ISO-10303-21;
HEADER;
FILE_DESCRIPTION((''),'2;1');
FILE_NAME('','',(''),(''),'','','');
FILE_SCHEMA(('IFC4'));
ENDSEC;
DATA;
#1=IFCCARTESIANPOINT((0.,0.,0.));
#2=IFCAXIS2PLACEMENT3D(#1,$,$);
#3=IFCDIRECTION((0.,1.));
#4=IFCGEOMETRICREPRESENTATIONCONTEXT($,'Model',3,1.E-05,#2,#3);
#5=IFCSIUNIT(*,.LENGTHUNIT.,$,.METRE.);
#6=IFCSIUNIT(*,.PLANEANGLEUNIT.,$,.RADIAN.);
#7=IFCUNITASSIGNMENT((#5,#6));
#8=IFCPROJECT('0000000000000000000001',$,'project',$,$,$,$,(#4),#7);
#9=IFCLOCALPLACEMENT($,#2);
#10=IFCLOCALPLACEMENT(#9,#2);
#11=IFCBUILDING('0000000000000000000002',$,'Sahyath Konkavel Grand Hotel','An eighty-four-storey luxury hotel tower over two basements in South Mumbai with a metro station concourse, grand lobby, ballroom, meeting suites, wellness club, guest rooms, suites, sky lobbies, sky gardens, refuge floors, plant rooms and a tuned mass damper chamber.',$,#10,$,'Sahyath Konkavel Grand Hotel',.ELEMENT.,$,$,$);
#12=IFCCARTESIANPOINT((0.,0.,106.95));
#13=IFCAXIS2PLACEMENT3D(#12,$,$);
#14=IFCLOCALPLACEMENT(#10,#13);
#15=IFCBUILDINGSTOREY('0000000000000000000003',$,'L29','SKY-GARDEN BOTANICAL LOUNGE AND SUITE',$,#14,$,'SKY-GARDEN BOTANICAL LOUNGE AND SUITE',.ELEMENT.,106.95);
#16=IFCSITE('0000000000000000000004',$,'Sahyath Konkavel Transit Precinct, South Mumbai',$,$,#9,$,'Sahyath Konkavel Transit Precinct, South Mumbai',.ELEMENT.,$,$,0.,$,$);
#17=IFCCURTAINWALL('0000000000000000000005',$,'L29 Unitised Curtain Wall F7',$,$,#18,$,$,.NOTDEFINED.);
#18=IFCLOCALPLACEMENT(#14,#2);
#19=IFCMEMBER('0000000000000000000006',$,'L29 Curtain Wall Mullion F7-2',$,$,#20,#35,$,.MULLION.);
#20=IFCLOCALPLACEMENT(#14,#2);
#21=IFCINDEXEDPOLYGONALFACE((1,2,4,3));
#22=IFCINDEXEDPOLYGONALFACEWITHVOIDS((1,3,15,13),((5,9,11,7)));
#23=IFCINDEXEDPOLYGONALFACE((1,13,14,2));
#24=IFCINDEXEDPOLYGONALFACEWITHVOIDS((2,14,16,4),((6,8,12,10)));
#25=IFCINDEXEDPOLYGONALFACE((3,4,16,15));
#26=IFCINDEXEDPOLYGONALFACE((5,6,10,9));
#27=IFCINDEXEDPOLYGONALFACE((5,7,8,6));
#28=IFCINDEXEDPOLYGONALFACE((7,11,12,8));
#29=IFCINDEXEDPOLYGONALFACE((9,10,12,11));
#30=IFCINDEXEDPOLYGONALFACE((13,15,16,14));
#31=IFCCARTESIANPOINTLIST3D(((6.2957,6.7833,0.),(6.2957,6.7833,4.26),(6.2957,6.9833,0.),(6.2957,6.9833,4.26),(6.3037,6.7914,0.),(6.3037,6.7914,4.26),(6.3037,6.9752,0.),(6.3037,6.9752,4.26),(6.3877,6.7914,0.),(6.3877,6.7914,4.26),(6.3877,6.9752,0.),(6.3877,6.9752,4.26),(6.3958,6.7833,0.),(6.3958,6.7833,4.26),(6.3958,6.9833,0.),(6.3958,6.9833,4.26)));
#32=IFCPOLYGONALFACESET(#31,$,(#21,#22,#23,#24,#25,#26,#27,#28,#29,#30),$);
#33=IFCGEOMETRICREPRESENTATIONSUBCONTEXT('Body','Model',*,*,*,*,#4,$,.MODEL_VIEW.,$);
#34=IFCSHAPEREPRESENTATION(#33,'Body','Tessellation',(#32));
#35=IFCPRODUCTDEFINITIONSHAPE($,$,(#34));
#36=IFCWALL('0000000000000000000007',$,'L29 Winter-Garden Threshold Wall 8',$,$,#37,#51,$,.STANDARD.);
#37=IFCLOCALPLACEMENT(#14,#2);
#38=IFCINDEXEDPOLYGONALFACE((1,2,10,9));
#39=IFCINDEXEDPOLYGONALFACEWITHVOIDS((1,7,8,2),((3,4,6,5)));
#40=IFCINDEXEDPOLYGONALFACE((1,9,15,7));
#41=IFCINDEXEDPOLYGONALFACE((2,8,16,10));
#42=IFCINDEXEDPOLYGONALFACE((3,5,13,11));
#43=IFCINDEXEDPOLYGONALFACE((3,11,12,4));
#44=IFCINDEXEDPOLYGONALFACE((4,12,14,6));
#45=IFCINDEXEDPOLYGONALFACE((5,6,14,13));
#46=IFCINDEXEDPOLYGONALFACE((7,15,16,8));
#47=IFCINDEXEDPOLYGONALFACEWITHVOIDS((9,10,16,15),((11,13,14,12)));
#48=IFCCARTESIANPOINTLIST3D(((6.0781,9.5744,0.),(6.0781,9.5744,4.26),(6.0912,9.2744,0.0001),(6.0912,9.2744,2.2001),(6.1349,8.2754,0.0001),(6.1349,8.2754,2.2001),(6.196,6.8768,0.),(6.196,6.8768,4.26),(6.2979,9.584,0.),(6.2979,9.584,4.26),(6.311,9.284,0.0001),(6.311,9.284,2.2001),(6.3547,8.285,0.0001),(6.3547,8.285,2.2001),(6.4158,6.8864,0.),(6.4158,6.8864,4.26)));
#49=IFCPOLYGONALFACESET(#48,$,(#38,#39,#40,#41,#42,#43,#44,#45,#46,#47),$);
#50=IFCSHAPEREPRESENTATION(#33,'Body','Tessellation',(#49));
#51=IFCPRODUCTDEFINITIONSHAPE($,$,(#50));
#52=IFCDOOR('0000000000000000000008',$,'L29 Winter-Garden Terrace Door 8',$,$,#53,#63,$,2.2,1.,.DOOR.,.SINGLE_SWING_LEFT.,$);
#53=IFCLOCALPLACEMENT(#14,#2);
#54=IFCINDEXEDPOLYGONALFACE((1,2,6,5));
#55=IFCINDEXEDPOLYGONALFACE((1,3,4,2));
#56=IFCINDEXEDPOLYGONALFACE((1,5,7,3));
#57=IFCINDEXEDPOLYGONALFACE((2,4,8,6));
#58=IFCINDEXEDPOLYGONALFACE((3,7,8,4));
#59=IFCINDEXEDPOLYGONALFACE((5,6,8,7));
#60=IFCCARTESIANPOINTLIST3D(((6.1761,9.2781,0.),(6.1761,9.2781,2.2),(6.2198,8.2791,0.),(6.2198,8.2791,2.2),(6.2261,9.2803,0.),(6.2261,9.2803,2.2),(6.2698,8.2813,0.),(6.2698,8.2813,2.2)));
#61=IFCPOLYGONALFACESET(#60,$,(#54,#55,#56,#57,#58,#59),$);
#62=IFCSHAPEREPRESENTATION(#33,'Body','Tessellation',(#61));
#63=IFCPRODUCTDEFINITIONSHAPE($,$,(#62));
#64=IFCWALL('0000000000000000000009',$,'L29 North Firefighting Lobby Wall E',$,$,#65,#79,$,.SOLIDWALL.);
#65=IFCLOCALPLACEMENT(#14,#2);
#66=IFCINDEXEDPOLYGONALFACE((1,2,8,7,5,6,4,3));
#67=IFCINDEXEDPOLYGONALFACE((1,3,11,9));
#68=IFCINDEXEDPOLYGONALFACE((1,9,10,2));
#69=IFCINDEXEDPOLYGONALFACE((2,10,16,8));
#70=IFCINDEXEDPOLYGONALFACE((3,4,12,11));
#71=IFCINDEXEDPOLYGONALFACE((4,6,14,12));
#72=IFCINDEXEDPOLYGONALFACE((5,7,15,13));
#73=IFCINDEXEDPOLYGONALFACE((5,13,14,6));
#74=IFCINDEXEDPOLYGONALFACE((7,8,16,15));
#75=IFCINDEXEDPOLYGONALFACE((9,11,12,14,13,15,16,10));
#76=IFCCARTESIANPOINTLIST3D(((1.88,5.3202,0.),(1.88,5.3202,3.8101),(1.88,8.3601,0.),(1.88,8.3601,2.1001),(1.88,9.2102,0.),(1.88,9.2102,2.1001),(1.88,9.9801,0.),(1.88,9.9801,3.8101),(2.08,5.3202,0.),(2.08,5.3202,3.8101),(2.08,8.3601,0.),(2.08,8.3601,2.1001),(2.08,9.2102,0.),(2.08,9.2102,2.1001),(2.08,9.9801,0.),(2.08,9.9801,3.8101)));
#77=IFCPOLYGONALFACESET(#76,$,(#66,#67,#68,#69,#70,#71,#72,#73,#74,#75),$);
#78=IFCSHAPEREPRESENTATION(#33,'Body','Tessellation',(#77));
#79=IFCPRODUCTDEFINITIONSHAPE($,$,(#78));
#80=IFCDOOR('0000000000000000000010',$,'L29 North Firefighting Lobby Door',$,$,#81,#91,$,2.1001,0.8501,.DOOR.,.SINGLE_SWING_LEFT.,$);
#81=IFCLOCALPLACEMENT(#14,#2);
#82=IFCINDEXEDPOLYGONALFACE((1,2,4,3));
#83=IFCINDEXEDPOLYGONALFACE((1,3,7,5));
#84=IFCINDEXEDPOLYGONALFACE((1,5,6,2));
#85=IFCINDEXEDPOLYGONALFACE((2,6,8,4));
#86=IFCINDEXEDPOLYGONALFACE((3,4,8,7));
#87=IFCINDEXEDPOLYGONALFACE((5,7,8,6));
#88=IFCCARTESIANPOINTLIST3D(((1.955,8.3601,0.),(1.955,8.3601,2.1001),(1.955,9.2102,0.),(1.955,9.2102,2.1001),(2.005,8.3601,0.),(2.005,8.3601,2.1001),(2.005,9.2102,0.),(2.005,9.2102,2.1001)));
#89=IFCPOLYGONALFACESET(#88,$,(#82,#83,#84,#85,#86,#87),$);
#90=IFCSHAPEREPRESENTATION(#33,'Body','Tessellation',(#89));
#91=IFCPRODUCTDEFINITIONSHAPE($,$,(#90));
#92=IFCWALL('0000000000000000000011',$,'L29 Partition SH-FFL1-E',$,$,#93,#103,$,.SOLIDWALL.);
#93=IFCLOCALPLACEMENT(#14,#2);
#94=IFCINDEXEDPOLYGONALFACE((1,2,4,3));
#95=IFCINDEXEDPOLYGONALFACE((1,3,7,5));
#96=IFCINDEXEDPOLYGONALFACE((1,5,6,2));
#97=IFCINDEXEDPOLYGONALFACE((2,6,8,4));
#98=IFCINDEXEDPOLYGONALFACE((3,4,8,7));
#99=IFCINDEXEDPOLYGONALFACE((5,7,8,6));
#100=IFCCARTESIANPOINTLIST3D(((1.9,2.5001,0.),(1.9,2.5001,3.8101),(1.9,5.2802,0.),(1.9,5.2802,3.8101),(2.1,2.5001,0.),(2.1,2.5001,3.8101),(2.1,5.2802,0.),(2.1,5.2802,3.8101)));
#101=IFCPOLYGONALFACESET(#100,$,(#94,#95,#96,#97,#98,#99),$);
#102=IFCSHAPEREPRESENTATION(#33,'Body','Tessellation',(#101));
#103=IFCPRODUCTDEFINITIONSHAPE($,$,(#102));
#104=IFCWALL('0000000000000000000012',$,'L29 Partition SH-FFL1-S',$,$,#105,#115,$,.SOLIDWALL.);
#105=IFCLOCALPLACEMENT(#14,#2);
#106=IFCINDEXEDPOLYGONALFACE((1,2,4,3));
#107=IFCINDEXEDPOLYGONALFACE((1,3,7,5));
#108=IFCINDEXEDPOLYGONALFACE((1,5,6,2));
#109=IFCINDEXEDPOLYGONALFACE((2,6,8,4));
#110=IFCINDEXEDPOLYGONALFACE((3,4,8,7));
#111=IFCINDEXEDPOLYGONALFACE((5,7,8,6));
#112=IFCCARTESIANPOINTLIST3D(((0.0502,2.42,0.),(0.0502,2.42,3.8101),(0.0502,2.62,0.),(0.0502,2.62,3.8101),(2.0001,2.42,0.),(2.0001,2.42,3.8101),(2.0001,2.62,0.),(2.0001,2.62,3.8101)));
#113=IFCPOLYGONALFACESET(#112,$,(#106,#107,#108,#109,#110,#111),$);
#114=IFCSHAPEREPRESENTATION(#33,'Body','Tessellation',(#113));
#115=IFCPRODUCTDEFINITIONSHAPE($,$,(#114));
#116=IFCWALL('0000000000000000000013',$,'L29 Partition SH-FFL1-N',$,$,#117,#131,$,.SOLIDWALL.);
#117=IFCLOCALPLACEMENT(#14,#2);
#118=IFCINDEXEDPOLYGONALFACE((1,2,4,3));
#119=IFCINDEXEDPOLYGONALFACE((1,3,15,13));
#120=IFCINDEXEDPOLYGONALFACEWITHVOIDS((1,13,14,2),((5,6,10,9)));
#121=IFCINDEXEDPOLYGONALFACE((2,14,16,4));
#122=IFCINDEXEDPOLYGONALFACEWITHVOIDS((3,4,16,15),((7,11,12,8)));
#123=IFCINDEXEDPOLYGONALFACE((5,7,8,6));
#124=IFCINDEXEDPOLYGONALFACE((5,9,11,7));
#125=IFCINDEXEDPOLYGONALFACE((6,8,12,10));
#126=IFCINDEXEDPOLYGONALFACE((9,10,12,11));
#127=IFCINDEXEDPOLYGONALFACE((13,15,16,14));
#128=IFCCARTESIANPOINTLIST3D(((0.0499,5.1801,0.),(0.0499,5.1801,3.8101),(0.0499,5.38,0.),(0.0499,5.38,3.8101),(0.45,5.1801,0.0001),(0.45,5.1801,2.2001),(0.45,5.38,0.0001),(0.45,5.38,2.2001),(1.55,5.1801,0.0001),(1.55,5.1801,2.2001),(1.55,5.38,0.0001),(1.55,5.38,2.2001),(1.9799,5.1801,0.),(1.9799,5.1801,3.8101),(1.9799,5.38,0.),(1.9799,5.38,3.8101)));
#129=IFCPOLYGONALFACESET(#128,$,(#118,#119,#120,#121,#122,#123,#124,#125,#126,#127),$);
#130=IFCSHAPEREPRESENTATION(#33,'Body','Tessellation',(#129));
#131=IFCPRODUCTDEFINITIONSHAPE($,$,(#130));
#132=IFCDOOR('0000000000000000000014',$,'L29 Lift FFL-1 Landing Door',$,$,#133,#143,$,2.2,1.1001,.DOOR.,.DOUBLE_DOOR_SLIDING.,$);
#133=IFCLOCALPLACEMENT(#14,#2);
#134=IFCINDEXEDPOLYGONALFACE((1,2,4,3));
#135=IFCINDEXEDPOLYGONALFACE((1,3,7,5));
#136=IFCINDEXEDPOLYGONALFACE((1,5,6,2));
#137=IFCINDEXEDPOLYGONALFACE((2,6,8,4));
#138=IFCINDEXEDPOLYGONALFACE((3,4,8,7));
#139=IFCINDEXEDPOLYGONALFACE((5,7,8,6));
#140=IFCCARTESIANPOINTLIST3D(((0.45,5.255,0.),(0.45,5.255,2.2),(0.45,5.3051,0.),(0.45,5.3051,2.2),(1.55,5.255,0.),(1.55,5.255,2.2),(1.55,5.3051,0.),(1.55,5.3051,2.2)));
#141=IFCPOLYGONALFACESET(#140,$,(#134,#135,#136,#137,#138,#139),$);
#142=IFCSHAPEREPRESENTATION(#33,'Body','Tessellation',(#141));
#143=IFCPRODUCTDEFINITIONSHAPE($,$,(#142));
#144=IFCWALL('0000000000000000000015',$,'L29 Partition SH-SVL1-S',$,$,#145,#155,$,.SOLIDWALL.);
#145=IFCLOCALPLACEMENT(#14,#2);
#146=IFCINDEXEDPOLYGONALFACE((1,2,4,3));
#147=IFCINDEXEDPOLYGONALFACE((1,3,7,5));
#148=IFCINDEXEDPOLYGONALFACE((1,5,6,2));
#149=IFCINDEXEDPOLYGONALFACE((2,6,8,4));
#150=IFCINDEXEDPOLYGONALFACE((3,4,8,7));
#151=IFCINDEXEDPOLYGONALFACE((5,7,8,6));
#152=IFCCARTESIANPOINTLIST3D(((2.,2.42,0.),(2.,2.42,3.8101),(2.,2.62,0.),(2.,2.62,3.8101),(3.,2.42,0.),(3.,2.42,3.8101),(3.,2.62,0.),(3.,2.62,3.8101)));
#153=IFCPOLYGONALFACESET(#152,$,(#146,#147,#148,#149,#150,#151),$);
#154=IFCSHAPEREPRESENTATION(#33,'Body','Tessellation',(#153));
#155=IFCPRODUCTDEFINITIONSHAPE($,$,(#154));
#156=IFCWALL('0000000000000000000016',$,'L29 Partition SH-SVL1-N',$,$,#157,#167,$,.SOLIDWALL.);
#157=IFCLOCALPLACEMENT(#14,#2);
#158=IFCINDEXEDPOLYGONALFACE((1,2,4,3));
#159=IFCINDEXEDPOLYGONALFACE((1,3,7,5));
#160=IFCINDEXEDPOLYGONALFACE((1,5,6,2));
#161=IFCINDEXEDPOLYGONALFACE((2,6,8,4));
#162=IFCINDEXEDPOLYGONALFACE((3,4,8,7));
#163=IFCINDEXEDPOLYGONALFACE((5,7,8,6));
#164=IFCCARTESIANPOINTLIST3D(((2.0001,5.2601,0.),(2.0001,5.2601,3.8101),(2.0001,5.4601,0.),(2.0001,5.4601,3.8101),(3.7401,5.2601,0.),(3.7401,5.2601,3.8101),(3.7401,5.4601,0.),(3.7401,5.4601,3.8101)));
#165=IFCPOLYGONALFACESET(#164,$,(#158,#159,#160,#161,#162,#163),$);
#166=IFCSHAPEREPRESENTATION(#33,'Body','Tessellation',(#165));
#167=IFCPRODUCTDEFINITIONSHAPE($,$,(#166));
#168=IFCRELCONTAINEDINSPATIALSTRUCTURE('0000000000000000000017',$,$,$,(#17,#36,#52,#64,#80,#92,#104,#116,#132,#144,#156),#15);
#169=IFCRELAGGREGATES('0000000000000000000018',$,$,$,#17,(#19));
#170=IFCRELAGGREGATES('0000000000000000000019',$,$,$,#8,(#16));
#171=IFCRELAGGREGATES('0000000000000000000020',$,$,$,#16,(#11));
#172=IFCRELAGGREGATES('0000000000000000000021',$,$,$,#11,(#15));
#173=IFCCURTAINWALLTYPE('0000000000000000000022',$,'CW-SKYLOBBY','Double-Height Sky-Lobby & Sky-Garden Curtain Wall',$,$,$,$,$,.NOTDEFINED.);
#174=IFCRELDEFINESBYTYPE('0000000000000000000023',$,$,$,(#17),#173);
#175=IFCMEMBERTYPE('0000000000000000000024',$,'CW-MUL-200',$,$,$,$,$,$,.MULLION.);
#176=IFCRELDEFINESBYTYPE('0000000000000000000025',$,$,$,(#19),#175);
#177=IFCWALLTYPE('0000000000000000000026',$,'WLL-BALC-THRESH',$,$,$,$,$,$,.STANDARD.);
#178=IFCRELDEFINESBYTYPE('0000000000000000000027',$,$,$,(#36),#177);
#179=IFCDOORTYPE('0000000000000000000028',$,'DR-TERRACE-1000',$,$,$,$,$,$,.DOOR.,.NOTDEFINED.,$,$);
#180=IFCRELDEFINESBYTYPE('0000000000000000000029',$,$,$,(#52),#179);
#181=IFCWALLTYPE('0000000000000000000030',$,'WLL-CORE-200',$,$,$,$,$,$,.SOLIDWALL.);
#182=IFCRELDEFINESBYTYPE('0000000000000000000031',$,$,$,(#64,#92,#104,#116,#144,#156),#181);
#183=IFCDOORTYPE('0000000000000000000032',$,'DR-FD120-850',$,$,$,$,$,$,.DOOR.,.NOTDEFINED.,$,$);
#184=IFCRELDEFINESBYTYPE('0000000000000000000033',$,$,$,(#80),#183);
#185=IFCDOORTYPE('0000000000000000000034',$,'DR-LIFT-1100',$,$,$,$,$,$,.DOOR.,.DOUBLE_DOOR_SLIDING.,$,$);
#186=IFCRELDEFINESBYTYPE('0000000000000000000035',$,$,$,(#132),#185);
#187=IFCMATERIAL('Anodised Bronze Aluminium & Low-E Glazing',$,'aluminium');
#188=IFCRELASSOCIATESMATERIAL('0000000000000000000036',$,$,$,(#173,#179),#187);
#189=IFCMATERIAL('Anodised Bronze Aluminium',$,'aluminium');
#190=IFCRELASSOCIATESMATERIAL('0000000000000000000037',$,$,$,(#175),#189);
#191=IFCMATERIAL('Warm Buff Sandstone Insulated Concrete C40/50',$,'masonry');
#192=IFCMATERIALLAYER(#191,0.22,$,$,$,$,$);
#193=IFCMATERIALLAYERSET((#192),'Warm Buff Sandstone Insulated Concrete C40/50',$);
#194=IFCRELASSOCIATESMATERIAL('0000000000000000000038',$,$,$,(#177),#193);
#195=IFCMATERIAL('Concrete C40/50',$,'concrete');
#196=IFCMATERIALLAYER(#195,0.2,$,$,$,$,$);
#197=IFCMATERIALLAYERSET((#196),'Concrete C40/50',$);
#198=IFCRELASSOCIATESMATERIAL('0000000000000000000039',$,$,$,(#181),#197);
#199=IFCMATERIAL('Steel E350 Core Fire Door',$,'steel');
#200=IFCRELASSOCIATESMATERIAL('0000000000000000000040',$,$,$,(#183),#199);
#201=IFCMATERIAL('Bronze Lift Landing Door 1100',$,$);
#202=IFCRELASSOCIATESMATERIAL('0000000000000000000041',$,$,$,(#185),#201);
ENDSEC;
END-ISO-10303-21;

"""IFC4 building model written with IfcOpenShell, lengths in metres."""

from ifc_helpers import new_model, si_unit, direction, frame, frame_2d, origin, origin_2d, place, context, subcontext, project, spatial, rectangle, hollow_rectangle, extrude, source, transform, mapped, material, layer, layer_set, material_profile, profile_set, type_object, element, fill, aggregate, save


model = new_model("IFC4")

# Units and contexts
model_context = context("Model", 3, precision=1e-05, world=origin(), true_north=direction((0.0, 1.0)))
body_context = subcontext(model_context, "Body", "Model", "MODEL_VIEW")
ifc_project = project(units=[si_unit("LENGTHUNIT", "METRE"), si_unit("PLANEANGLEUNIT", "RADIAN")], contexts=[model_context])

# Site, building, storey
site_placement = place(None, origin())
site = spatial("IfcSite", under=ifc_project, at=site_placement, Name="Sahyath Konkavel Transit Precinct, South Mumbai", LongName="Sahyath Konkavel Transit Precinct, South Mumbai", CompositionType="ELEMENT", RefElevation=0.0)
building_placement = place(site_placement, origin())
building = spatial("IfcBuilding", under=site, at=building_placement, Name="Sahyath Konkavel Grand Hotel", Description="An eighty-four-storey luxury hotel tower over two basements in South Mumbai with a metro station concourse, grand lobby, ballroom, meeting suites, wellness club, guest rooms, suites, sky lobbies, sky gardens, refuge floors, plant rooms and a tuned mass damper chamber.", LongName="Sahyath Konkavel Grand Hotel", CompositionType="ELEMENT")
storey_placement = place(building_placement, frame((0.0, 0.0, 106.95)))
storey = spatial("IfcBuildingStorey", under=building, at=storey_placement, Name="L29", Description="SKY-GARDEN BOTANICAL LOUNGE AND SUITE", LongName="SKY-GARDEN BOTANICAL LOUNGE AND SUITE", CompositionType="ELEMENT", Elevation=106.95)

# Curtain wall, member
ifc_material_1 = material(Name="Anodised Bronze Aluminium & Low-E Glazing", Category="aluminium")
curtain_wall_type = type_object("IfcCurtainWallType", Name="CW-SKYLOBBY", Description="Double-Height Sky-Lobby & Sky-Garden Curtain Wall", PredefinedType="NOTDEFINED", material=ifc_material_1)
curtain_wall_placement = place(storey_placement, origin())
curtain_wall = element("IfcCurtainWall", 1, at=curtain_wall_placement, inside=storey, type_object=curtain_wall_type, Name="L29 Unitised Curtain Wall F7", PredefinedType="NOTDEFINED")
ifc_material_2 = material(Name="Anodised Bronze Aluminium", Category="aluminium")
ifc_material_profile = material_profile(ifc_material_2, hollow_rectangle(XDim=0.1001, YDim=0.2, WallThickness=0.0081, at=origin_2d()), Name="RHS 200x100x8")
ifc_profile_set = profile_set([ifc_material_profile], Name="Anodised Bronze Aluminium")
member_type = type_object("IfcMemberType", Name="CW-MUL-200", PredefinedType="MULLION", material=ifc_profile_set)
shared_shape_1 = source(origin(), body_context, "Body", "SweptSolid", [
    extrude(hollow_rectangle(XDim=0.1001, YDim=0.2, WallThickness=0.0081, at=origin_2d()), origin(), (0.0, 0.0, 1.0), 4.26),
])
member_placement = place(storey_placement, frame((6.3457, 6.8833, 0.0), z_axis=(0.0, 0.0, 1.0), x_axis=(1.0, 0.0, 0.0)))
member = element("IfcMember", 2, at=member_placement, type_object=member_type, Name="L29 Curtain Wall Mullion F7-2", PredefinedType="MULLION", context=body_context, shape_type="MappedRepresentation", body=[
    mapped(shared_shape_1, transform((0.0, 0.0, 0.0), scale=1.0)),
])
aggregate(curtain_wall, [member])

# Walls, openings, doors
ifc_material_3 = material(Name="Warm Buff Sandstone Insulated Concrete C40/50", Category="masonry")
ifc_layer_1 = layer(ifc_material_3, 0.22)
ifc_layer_set_1 = layer_set([ifc_layer_1], Name="Warm Buff Sandstone Insulated Concrete C40/50")
wall_type_1 = type_object("IfcWallType", Name="WLL-BALC-THRESH", PredefinedType="STANDARD", material=ifc_layer_set_1)
wall_1_placement = place(storey_placement, frame((6.3059, 6.8816, 0.0), z_axis=(0.0, 0.0, 1.0), x_axis=(-0.043673, 0.999046, 0.0)))
wall_1 = element("IfcWall", 3, at=wall_1_placement, inside=storey, type_object=wall_type_1, Name="L29 Winter-Garden Threshold Wall 8", PredefinedType="STANDARD", context=body_context, shape_type="SweptSolid", body=[
    extrude(rectangle(XDim=2.7002, YDim=0.22, at=frame_2d((1.3501, 0.0))), origin(), (0.0, 0.0, 1.0), 4.26),
])
opening_1_placement = place(wall_1_placement, frame((1.3999, 0.0, 0.0)))
opening_1 = element("IfcOpeningElement", 4, at=opening_1_placement, cuts=wall_1, PredefinedType="OPENING", context=body_context, shape_type="SweptSolid", body=[
    extrude(rectangle(XDim=1.0, YDim=2.2, at=frame_2d((0.5, 1.1001))), frame((0.0, 0.1201, 0.0), z_axis=(0.0, -1.0, 0.0), x_axis=(1.0, 0.0, 0.0)), (0.0, 0.0, 1.0), 0.24),
])
door_type_1 = type_object("IfcDoorType", Name="DR-TERRACE-1000", OperationType="NOTDEFINED", PredefinedType="DOOR", material=ifc_material_1)
shared_shape_2 = source(origin(), body_context, "Body", "SweptSolid", [
    extrude(rectangle(XDim=1.0, YDim=0.05, at=origin_2d()), origin(), (0.0, 0.0, 1.0), 2.2),
])
door_1_placement = place(opening_1_placement, frame((0.5, 0.0, 0.0)))
door_1 = element("IfcDoor", 5, at=door_1_placement, inside=storey, type_object=door_type_1, Name="L29 Winter-Garden Terrace Door 8", OperationType="SINGLE_SWING_LEFT", OverallHeight=2.2, OverallWidth=1.0, PredefinedType="DOOR", context=body_context, shape_type="MappedRepresentation", body=[
    mapped(shared_shape_2, transform((0.0, 0.0, 0.0), scale=1.0)),
])
fill(opening_1, door_1)
ifc_material_4 = material(Name="Concrete C40/50", Category="concrete")
ifc_layer_2 = layer(ifc_material_4, 0.2)
ifc_layer_set_2 = layer_set([ifc_layer_2], Name="Concrete C40/50")
wall_type_2 = type_object("IfcWallType", Name="WLL-CORE-200", PredefinedType="SOLIDWALL", material=ifc_layer_set_2)
wall_2_placement = place(storey_placement, frame((1.98, 5.3201, 0.0), z_axis=(0.0, 0.0, 1.0), x_axis=(0.0, 1.0, 0.0)))
wall_2 = element("IfcWall", 6, at=wall_2_placement, inside=storey, type_object=wall_type_2, Name="L29 North Firefighting Lobby Wall E", PredefinedType="SOLIDWALL", context=body_context, shape_type="SweptSolid", body=[
    extrude(rectangle(XDim=4.6599, YDim=0.2, at=frame_2d((2.3301, 0.0))), origin(), (0.0, 0.0, 1.0), 3.8101),
])
opening_2_placement = place(wall_2_placement, frame((3.04, 0.0, 0.0)))
opening_2 = element("IfcOpeningElement", 7, at=opening_2_placement, cuts=wall_2, PredefinedType="OPENING", context=body_context, shape_type="SweptSolid", body=[
    extrude(rectangle(XDim=0.8501, YDim=2.1001, at=frame_2d((0.425, 1.05))), frame((0.0, 0.1099, 0.0), z_axis=(0.0, -1.0, 0.0), x_axis=(1.0, 0.0, 0.0)), (0.0, 0.0, 1.0), 0.22),
])
ifc_material_5 = material(Name="Steel E350 Core Fire Door", Category="steel")
door_type_2 = type_object("IfcDoorType", Name="DR-FD120-850", OperationType="NOTDEFINED", PredefinedType="DOOR", material=ifc_material_5)
shared_shape_3 = source(origin(), body_context, "Body", "SweptSolid", [
    extrude(rectangle(XDim=0.8501, YDim=0.05, at=origin_2d()), origin(), (0.0, 0.0, 1.0), 2.1001),
])
door_2_placement = place(opening_2_placement, frame((0.425, 0.0, 0.0)))
door_2 = element("IfcDoor", 8, at=door_2_placement, inside=storey, type_object=door_type_2, Name="L29 North Firefighting Lobby Door", OperationType="SINGLE_SWING_LEFT", OverallHeight=2.1001, OverallWidth=0.8501, PredefinedType="DOOR", context=body_context, shape_type="MappedRepresentation", body=[
    mapped(shared_shape_3, transform((0.0, 0.0, 0.0), scale=1.0)),
])
fill(opening_2, door_2)

# Walls
wall_3_placement = place(storey_placement, frame((2.0, 2.5, 0.0), z_axis=(0.0, 0.0, 1.0), x_axis=(0.0, 1.0, 0.0)))
element("IfcWall", 9, at=wall_3_placement, inside=storey, type_object=wall_type_2, Name="L29 Partition SH-FFL1-E", PredefinedType="SOLIDWALL", context=body_context, shape_type="SweptSolid", body=[
    extrude(rectangle(XDim=2.78, YDim=0.2, at=frame_2d((1.3901, 0.0))), origin(), (0.0, 0.0, 1.0), 3.8101),
])
wall_4_placement = place(storey_placement, frame((0.05, 2.52, 0.0), z_axis=(0.0, 0.0, 1.0), x_axis=(1.0, 0.0, 0.0)))
element("IfcWall", 10, at=wall_4_placement, inside=storey, type_object=wall_type_2, Name="L29 Partition SH-FFL1-S", PredefinedType="SOLIDWALL", context=body_context, shape_type="SweptSolid", body=[
    extrude(rectangle(XDim=1.95, YDim=0.2, at=frame_2d((0.9751, 0.0))), origin(), (0.0, 0.0, 1.0), 3.8101),
])

# Wall, opening, door
wall_5_placement = place(storey_placement, frame((0.05, 5.28, 0.0), z_axis=(0.0, 0.0, 1.0), x_axis=(1.0, 0.0, 0.0)))
wall_5 = element("IfcWall", 11, at=wall_5_placement, inside=storey, type_object=wall_type_2, Name="L29 Partition SH-FFL1-N", PredefinedType="SOLIDWALL", context=body_context, shape_type="SweptSolid", body=[
    extrude(rectangle(XDim=1.9299, YDim=0.2, at=frame_2d((0.9648, 0.0))), origin(), (0.0, 0.0, 1.0), 3.8101),
])
opening_3_placement = place(wall_5_placement, frame((0.3999, 0.0, 0.0)))
opening_3 = element("IfcOpeningElement", 12, at=opening_3_placement, cuts=wall_5, PredefinedType="OPENING", context=body_context, shape_type="SweptSolid", body=[
    extrude(rectangle(XDim=1.1001, YDim=2.2, at=frame_2d((0.55, 1.1001))), frame((0.0, 0.1099, 0.0), z_axis=(0.0, -1.0, 0.0), x_axis=(1.0, 0.0, 0.0)), (0.0, 0.0, 1.0), 0.22),
])
ifc_material_6 = material(Name="Bronze Lift Landing Door 1100")
door_type_3 = type_object("IfcDoorType", Name="DR-LIFT-1100", OperationType="DOUBLE_DOOR_SLIDING", PredefinedType="DOOR", material=ifc_material_6)
shared_shape_4 = source(origin(), body_context, "Body", "SweptSolid", [
    extrude(rectangle(XDim=1.1001, YDim=0.05, at=origin_2d()), origin(), (0.0, 0.0, 1.0), 2.2),
])
door_3_placement = place(opening_3_placement, frame((0.55, 0.0, 0.0)))
door_3 = element("IfcDoor", 13, at=door_3_placement, inside=storey, type_object=door_type_3, Name="L29 Lift FFL-1 Landing Door", OperationType="DOUBLE_DOOR_SLIDING", OverallHeight=2.2, OverallWidth=1.1001, PredefinedType="DOOR", context=body_context, shape_type="MappedRepresentation", body=[
    mapped(shared_shape_4, transform((0.0, 0.0, 0.0), scale=1.0)),
])
fill(opening_3, door_3)

# Walls
wall_6_placement = place(storey_placement, frame((2.0, 2.52, 0.0), z_axis=(0.0, 0.0, 1.0), x_axis=(1.0, 0.0, 0.0)))
element("IfcWall", 14, at=wall_6_placement, inside=storey, type_object=wall_type_2, Name="L29 Partition SH-SVL1-S", PredefinedType="SOLIDWALL", context=body_context, shape_type="SweptSolid", body=[
    extrude(rectangle(XDim=1.0, YDim=0.2, at=frame_2d((0.5, 0.0))), origin(), (0.0, 0.0, 1.0), 3.8101),
])
wall_7_placement = place(storey_placement, frame((2.0, 5.3601, 0.0), z_axis=(0.0, 0.0, 1.0), x_axis=(1.0, 0.0, 0.0)))
element("IfcWall", 15, at=wall_7_placement, inside=storey, type_object=wall_type_2, Name="L29 Partition SH-SVL1-N", PredefinedType="SOLIDWALL", context=body_context, shape_type="SweptSolid", body=[
    extrude(rectangle(XDim=1.74, YDim=0.2, at=frame_2d((0.8701, 0.0))), origin(), (0.0, 0.0, 1.0), 3.8101),
])

save(model, "model.ifc")
